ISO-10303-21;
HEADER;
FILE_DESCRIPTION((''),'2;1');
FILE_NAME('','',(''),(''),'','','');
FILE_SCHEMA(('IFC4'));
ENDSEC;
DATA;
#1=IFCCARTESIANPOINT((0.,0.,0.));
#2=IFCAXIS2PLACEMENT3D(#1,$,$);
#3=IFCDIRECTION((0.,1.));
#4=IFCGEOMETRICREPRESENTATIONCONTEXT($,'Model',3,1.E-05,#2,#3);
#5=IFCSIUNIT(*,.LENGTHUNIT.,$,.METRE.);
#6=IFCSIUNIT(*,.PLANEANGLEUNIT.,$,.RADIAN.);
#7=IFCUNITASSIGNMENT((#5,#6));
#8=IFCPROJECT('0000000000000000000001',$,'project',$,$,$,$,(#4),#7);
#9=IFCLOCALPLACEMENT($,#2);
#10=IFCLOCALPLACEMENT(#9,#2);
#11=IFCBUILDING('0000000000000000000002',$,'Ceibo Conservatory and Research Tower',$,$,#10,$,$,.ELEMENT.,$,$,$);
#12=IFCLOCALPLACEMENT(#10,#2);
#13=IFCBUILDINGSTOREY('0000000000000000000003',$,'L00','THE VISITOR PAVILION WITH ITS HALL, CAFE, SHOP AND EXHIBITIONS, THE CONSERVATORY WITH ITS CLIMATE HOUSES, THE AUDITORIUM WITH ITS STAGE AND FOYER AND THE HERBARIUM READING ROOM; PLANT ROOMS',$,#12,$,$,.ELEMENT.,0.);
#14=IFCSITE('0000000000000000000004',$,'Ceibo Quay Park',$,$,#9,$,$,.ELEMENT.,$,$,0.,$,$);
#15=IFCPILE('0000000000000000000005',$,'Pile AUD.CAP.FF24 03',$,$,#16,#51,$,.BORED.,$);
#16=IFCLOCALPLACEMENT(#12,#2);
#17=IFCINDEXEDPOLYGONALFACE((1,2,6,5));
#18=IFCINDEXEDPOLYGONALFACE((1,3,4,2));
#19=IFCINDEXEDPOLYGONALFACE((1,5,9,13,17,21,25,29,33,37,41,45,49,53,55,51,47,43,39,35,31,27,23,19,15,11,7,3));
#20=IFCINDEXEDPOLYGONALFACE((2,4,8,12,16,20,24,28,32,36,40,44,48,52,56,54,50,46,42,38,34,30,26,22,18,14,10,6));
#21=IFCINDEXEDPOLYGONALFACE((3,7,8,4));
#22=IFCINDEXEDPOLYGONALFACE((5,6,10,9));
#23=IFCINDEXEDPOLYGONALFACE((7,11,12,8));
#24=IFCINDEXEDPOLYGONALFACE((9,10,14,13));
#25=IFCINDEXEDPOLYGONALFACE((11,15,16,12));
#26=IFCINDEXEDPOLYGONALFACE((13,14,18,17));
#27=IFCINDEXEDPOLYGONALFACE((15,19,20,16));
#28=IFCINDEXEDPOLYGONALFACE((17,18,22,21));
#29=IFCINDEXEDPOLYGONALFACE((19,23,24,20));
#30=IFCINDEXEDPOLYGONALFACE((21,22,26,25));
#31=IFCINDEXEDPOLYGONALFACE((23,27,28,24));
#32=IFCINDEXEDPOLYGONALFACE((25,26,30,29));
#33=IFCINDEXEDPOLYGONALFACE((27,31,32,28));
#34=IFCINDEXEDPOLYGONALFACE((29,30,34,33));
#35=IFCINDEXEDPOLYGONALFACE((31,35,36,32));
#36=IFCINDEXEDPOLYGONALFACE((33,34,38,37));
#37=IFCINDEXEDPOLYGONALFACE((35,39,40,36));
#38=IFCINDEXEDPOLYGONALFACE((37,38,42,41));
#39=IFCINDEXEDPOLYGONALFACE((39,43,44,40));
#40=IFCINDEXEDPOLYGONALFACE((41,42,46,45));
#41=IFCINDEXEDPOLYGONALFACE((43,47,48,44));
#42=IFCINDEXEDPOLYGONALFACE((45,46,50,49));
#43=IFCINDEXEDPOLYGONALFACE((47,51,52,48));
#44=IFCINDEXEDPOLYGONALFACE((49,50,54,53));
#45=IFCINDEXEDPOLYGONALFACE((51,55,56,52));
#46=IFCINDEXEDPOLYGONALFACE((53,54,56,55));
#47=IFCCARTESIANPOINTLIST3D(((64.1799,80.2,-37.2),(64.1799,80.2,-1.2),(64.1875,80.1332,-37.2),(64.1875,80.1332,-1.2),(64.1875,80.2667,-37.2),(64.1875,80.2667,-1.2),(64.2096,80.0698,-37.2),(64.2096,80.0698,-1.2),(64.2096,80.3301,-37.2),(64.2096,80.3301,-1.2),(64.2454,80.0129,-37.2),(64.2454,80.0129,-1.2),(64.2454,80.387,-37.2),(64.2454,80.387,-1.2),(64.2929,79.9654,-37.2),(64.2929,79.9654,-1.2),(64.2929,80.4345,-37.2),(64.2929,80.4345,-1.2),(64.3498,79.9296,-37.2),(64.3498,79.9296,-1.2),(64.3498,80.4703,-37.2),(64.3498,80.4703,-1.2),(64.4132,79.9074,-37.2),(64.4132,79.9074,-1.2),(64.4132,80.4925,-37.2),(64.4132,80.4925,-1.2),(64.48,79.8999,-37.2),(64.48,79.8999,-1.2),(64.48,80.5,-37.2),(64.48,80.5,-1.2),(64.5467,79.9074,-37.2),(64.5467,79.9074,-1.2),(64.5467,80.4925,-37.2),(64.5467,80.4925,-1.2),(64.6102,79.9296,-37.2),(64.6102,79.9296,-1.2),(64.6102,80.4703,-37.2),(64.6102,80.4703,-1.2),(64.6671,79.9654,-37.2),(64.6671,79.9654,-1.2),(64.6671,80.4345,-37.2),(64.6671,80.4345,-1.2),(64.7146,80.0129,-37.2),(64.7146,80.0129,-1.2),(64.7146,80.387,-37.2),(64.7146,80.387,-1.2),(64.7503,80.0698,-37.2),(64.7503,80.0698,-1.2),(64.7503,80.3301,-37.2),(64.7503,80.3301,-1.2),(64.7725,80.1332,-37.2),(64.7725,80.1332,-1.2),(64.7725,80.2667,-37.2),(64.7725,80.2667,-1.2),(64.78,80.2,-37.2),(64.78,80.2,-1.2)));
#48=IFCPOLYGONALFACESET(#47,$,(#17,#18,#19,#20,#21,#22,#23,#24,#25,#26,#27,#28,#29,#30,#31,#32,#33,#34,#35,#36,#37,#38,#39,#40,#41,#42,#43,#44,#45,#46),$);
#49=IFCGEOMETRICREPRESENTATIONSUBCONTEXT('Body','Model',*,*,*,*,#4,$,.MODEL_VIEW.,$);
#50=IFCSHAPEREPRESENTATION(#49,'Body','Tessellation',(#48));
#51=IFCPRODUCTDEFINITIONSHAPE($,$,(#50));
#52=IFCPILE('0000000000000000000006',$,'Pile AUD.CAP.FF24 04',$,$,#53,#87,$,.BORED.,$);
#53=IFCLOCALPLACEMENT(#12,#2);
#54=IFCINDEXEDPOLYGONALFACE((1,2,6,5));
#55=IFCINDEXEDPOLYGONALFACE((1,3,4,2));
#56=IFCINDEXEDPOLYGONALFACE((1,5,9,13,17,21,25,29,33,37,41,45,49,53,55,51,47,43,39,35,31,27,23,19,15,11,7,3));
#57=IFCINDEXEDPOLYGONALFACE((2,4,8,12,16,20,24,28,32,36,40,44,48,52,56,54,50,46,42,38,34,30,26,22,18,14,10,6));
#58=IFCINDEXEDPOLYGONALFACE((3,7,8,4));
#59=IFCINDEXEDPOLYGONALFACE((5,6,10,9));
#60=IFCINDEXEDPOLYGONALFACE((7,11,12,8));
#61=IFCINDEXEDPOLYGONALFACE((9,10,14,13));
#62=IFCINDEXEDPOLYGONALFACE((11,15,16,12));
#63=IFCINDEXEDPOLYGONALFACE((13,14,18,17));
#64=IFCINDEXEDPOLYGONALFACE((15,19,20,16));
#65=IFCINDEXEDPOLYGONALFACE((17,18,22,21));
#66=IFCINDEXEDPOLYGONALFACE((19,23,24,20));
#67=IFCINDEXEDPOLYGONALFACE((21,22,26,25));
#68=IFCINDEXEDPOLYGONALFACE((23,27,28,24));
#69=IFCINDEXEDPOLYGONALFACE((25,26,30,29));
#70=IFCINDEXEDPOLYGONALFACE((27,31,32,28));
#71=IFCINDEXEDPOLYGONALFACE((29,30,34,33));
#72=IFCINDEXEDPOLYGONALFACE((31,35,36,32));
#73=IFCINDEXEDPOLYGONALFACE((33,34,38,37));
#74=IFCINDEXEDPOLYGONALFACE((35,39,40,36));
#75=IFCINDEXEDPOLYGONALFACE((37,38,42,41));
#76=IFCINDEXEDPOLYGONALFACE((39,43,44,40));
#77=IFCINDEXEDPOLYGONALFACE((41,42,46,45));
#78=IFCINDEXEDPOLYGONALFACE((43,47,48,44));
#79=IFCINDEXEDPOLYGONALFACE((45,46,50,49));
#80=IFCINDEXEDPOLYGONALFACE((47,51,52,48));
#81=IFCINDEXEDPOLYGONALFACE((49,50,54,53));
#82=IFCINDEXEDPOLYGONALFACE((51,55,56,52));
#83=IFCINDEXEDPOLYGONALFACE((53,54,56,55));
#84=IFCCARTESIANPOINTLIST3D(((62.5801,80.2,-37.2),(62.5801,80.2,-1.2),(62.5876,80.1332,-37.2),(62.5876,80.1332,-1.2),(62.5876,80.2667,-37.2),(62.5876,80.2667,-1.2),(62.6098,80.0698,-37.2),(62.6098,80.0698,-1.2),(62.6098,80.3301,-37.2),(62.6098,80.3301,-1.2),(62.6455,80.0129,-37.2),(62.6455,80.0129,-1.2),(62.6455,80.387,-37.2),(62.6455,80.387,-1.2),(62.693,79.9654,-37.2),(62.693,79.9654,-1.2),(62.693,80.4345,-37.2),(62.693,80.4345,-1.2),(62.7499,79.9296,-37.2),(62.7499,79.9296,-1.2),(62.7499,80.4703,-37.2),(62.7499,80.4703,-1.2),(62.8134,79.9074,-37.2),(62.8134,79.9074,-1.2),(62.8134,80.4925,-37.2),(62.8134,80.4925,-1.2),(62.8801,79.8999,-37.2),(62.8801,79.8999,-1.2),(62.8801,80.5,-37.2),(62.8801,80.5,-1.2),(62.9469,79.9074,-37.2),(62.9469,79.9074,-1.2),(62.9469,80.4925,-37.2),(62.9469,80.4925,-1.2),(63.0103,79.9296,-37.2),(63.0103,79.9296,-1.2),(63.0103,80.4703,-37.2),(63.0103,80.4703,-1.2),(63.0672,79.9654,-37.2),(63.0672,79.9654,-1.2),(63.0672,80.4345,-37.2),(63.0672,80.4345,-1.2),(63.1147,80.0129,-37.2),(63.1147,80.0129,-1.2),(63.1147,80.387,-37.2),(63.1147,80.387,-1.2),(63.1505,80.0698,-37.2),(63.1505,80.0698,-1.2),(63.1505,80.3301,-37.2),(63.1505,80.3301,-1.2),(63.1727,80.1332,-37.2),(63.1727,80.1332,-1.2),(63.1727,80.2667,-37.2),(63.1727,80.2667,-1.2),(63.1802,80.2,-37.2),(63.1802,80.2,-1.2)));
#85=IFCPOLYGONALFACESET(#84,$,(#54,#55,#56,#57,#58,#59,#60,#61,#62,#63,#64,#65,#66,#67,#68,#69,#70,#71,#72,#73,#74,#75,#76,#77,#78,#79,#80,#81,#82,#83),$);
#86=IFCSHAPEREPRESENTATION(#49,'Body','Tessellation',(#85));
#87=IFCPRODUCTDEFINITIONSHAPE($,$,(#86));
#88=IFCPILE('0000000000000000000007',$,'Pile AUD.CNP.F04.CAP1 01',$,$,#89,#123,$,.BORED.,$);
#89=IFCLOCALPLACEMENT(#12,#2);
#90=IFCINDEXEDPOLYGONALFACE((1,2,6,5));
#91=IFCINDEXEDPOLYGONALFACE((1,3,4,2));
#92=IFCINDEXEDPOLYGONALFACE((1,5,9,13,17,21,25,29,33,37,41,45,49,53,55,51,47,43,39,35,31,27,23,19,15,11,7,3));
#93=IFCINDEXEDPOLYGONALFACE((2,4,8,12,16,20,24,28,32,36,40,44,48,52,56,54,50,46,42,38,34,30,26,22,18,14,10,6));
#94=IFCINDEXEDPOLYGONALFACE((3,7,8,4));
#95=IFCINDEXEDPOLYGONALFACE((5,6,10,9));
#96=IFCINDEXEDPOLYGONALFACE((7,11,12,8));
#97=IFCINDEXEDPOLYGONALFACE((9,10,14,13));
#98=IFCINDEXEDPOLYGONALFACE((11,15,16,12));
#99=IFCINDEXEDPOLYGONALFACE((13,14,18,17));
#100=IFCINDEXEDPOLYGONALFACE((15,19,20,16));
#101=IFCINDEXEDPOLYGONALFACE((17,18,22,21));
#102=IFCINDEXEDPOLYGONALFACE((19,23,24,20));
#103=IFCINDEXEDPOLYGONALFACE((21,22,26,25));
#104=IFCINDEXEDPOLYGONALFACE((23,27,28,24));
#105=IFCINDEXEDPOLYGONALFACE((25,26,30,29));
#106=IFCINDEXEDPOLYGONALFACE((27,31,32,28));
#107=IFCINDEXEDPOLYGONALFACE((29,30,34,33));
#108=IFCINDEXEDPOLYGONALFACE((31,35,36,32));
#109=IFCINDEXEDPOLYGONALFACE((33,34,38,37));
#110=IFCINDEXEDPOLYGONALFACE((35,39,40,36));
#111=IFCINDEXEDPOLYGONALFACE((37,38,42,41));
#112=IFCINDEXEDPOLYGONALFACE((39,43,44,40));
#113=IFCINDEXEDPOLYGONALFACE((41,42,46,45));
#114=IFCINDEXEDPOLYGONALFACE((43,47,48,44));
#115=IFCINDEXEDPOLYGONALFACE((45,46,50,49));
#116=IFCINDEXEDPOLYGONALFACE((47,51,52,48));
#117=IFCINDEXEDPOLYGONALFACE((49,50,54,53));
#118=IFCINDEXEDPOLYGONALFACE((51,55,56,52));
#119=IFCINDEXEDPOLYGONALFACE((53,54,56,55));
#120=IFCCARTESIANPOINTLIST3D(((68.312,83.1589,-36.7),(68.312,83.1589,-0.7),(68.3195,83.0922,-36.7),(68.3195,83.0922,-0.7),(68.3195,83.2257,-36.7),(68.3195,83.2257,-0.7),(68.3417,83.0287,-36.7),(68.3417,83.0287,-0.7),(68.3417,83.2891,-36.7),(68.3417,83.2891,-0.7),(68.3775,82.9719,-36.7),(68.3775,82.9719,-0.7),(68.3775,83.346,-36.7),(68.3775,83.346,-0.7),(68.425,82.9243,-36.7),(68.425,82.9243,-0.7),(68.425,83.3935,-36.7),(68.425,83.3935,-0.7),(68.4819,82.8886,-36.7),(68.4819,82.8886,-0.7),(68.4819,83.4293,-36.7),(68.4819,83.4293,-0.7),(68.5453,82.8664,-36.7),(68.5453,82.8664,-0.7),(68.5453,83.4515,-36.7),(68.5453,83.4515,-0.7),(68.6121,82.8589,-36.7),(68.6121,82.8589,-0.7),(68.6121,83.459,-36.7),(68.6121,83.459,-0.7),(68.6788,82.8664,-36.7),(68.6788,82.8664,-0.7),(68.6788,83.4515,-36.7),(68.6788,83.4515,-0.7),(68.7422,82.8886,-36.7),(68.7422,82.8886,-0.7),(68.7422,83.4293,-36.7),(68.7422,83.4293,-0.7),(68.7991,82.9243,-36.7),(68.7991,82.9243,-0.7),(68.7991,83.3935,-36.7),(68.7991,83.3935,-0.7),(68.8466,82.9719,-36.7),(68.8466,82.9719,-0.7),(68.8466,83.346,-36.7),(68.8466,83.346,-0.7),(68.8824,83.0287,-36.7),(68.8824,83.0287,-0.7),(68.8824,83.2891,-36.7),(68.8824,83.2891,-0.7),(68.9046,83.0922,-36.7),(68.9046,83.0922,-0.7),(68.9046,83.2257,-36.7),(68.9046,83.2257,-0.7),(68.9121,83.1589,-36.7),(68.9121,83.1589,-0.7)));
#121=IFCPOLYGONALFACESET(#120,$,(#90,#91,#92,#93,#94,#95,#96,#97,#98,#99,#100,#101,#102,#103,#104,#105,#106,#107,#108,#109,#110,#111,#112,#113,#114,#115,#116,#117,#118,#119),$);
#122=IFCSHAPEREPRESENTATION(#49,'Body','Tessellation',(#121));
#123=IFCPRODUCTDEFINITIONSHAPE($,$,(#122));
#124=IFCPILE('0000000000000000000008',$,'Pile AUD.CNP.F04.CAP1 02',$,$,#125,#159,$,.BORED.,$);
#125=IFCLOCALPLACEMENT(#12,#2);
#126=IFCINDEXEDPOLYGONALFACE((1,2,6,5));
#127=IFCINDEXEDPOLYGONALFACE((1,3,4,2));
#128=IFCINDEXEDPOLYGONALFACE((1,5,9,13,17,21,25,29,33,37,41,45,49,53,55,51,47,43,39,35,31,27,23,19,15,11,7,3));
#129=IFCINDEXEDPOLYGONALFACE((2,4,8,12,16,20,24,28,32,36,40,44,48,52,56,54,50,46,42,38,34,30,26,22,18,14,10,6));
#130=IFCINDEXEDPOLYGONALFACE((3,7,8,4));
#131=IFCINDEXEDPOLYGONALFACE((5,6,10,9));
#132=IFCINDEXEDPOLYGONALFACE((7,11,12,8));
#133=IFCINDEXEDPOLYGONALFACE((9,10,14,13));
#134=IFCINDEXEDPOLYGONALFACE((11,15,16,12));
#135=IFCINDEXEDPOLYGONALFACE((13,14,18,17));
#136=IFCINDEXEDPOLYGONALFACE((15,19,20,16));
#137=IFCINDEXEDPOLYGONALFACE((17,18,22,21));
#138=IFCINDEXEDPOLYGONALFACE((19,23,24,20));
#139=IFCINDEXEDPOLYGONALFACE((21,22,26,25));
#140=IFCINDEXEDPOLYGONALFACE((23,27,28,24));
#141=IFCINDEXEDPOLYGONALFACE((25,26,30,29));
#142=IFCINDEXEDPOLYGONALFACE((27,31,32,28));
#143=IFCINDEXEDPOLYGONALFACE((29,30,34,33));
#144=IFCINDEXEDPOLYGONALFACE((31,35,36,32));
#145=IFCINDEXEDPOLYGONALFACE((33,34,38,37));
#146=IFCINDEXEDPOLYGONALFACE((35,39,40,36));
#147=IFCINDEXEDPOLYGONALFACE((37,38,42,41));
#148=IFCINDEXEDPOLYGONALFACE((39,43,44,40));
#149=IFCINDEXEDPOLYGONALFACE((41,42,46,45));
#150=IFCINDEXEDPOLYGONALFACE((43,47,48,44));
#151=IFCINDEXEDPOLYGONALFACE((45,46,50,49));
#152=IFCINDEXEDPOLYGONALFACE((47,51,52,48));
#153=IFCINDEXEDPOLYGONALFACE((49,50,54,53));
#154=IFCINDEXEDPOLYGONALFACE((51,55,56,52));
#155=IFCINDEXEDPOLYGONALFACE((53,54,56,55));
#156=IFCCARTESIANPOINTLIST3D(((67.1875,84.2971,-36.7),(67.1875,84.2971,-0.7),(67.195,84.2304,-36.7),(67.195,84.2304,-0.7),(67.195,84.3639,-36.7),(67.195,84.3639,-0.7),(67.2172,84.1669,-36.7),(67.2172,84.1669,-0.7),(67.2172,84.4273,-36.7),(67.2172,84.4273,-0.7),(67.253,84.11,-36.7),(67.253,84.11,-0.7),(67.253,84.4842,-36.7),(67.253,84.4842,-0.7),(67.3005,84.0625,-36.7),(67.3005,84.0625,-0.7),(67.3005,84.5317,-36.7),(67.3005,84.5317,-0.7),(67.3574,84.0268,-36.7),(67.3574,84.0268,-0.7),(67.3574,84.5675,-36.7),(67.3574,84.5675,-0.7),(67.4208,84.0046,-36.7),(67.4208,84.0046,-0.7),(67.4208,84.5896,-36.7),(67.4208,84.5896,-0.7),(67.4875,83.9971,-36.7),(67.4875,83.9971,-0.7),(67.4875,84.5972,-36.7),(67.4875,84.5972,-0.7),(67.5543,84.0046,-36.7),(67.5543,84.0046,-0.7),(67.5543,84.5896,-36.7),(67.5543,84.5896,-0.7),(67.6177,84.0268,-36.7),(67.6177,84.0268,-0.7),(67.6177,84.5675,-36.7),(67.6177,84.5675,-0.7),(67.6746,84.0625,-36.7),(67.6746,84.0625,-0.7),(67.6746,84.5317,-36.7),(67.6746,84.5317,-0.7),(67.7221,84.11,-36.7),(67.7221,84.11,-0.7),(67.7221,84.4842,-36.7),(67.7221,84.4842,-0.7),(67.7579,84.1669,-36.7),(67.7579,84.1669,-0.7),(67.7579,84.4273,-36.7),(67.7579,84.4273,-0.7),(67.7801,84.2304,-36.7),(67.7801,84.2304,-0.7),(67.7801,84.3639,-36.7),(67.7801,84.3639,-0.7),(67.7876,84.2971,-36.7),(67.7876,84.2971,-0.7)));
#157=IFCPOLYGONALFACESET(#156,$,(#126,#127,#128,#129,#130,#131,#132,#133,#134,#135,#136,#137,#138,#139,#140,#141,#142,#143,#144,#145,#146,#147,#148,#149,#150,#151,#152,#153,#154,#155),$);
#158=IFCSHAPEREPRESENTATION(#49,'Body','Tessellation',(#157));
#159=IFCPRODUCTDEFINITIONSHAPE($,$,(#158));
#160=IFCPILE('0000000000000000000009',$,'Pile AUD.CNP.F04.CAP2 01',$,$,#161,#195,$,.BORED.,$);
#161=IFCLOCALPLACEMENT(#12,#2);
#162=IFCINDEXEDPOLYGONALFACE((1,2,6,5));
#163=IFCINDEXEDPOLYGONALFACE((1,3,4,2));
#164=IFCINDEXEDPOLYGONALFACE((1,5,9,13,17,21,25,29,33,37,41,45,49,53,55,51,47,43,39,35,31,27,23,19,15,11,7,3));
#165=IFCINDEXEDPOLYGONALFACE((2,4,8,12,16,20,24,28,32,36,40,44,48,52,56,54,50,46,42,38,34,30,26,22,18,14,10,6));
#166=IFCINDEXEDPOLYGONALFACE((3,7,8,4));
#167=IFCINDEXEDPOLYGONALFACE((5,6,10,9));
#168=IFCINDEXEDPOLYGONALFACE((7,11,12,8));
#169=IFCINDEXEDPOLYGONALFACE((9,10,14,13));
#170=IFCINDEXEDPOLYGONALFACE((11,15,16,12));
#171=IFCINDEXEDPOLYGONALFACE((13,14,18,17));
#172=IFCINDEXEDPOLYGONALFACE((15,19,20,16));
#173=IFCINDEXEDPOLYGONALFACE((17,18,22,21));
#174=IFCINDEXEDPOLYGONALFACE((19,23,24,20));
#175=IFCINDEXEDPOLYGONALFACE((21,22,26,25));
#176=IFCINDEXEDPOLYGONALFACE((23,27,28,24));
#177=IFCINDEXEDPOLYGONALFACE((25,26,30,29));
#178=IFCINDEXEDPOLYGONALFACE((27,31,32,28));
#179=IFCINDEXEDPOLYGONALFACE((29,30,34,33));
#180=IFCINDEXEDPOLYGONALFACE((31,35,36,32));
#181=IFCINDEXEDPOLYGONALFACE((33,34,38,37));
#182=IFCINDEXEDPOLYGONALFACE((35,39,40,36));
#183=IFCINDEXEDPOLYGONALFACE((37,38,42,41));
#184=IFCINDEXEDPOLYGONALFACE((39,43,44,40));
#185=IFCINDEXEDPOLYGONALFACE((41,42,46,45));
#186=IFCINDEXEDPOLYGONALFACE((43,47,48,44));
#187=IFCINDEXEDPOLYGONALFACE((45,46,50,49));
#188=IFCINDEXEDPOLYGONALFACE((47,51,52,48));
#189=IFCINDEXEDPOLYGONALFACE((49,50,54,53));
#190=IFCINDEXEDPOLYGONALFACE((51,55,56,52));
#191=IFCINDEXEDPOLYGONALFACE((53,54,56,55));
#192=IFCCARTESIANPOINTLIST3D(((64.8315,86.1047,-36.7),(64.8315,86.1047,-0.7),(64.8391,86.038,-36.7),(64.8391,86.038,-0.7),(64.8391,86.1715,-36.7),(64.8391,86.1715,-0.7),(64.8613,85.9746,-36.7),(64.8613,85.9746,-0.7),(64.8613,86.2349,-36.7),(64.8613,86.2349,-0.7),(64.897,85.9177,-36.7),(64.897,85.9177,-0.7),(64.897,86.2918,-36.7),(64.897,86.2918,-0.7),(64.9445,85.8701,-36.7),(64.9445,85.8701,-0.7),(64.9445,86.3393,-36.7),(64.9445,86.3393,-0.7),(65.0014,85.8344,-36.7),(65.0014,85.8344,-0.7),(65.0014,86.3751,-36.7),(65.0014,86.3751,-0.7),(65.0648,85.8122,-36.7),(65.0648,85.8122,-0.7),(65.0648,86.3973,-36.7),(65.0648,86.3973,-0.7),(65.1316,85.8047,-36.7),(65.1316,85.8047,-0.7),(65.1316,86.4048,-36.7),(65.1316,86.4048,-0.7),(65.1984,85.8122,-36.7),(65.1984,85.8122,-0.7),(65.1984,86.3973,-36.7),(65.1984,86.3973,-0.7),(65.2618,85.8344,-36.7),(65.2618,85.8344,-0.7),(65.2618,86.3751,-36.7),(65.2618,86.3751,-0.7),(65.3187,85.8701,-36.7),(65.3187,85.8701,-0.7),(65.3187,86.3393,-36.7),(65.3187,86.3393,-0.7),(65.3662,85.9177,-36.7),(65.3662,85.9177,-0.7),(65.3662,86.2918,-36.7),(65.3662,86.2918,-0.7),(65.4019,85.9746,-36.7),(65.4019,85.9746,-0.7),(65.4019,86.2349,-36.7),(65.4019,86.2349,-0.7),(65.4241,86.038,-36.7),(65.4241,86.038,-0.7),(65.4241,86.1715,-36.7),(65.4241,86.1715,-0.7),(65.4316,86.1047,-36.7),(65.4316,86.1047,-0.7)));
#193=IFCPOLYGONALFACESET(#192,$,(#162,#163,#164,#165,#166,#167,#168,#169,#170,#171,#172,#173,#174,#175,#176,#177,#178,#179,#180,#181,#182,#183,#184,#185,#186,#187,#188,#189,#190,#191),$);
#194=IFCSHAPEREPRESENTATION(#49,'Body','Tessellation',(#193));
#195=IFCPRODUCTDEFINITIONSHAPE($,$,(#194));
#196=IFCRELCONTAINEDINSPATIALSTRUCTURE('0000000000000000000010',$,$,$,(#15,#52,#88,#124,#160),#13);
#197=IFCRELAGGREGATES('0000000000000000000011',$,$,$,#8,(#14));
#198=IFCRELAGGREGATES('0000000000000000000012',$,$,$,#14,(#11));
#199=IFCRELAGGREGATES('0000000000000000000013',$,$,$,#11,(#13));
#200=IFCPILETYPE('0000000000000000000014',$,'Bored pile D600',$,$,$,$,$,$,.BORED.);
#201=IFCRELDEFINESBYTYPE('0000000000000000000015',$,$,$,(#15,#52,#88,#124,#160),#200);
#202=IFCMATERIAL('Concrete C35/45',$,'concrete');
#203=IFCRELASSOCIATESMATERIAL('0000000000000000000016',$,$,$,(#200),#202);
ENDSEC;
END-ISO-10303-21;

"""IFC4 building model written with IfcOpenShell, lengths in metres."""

from ifc_helpers import new_model, si_unit, direction, frame, origin, origin_2d, place, context, subcontext, project, spatial, circle, extrude, material, material_profile, profile_set, type_object, element, save


model = new_model("IFC4")

# Units and contexts
model_context = context("Model", 3, precision=1e-05, world=origin(), true_north=direction((0.0, 1.0)))
body_context = subcontext(model_context, "Body", "Model", "MODEL_VIEW")
ifc_project = project(units=[si_unit("LENGTHUNIT", "METRE"), si_unit("PLANEANGLEUNIT", "RADIAN")], contexts=[model_context])

# Site, building, storey
site_placement = place(None, origin())
site = spatial("IfcSite", under=ifc_project, at=site_placement, Name="Ceibo Quay Park", CompositionType="ELEMENT", RefElevation=0.0)
building_placement = place(site_placement, origin())
building = spatial("IfcBuilding", under=site, at=building_placement, Name="Ceibo Conservatory and Research Tower", CompositionType="ELEMENT")
storey_placement = place(building_placement, origin())
storey = spatial("IfcBuildingStorey", under=building, at=storey_placement, Name="L00", Description="THE VISITOR PAVILION WITH ITS HALL, CAFE, SHOP AND EXHIBITIONS, THE CONSERVATORY WITH ITS CLIMATE HOUSES, THE AUDITORIUM WITH ITS STAGE AND FOYER AND THE HERBARIUM READING ROOM; PLANT ROOMS", CompositionType="ELEMENT", Elevation=0.0)

# Piles
ifc_material_1 = material(Name="Concrete C35/45", Category="concrete")
ifc_material_profile_1 = material_profile(ifc_material_1, circle(Radius=0.3, at=origin_2d()), Name="RC D600")
ifc_profile_set_1 = profile_set([ifc_material_profile_1], Name="Concrete C35/45")
pile_type = type_object("IfcPileType", Name="Bored pile D600", PredefinedType="BORED", material=ifc_profile_set_1)
for number, where, z_axis, x_axis, name in (
    (1, (64.48, 80.2, -1.2), (0.0, 0.0, -1.0), (1.0, 0.0, 0.0), "Pile AUD.CAP.FF24 03"),
    (2, (62.8801, 80.2, -1.2), (0.0, 0.0, -1.0), (1.0, 0.0, 0.0), "Pile AUD.CAP.FF24 04"),
    (3, (68.6121, 83.1589, -0.7), (0.0, 0.0, -1.0), (1.0, 0.0, 0.0), "Pile AUD.CNP.F04.CAP1 01"),
    (4, (67.4875, 84.2971, -0.7), (0.0, 0.0, -1.0), (1.0, 0.0, 0.0), "Pile AUD.CNP.F04.CAP1 02"),
    (5, (65.1316, 86.1047, -0.7), (0.0, 0.0, -1.0), (1.0, 0.0, 0.0), "Pile AUD.CNP.F04.CAP2 01"),
):
    element("IfcPile", number, at=place(storey_placement, frame(where, z_axis=z_axis, x_axis=x_axis)), inside=storey, type_object=pile_type, Name=name, PredefinedType="BORED", context=body_context, shape_type="SweptSolid", body=[
        extrude(circle(Radius=0.3, at=origin_2d()), origin(), (0.0, 0.0, 1.0), 36.0),
    ])

save(model, "model.ifc")
